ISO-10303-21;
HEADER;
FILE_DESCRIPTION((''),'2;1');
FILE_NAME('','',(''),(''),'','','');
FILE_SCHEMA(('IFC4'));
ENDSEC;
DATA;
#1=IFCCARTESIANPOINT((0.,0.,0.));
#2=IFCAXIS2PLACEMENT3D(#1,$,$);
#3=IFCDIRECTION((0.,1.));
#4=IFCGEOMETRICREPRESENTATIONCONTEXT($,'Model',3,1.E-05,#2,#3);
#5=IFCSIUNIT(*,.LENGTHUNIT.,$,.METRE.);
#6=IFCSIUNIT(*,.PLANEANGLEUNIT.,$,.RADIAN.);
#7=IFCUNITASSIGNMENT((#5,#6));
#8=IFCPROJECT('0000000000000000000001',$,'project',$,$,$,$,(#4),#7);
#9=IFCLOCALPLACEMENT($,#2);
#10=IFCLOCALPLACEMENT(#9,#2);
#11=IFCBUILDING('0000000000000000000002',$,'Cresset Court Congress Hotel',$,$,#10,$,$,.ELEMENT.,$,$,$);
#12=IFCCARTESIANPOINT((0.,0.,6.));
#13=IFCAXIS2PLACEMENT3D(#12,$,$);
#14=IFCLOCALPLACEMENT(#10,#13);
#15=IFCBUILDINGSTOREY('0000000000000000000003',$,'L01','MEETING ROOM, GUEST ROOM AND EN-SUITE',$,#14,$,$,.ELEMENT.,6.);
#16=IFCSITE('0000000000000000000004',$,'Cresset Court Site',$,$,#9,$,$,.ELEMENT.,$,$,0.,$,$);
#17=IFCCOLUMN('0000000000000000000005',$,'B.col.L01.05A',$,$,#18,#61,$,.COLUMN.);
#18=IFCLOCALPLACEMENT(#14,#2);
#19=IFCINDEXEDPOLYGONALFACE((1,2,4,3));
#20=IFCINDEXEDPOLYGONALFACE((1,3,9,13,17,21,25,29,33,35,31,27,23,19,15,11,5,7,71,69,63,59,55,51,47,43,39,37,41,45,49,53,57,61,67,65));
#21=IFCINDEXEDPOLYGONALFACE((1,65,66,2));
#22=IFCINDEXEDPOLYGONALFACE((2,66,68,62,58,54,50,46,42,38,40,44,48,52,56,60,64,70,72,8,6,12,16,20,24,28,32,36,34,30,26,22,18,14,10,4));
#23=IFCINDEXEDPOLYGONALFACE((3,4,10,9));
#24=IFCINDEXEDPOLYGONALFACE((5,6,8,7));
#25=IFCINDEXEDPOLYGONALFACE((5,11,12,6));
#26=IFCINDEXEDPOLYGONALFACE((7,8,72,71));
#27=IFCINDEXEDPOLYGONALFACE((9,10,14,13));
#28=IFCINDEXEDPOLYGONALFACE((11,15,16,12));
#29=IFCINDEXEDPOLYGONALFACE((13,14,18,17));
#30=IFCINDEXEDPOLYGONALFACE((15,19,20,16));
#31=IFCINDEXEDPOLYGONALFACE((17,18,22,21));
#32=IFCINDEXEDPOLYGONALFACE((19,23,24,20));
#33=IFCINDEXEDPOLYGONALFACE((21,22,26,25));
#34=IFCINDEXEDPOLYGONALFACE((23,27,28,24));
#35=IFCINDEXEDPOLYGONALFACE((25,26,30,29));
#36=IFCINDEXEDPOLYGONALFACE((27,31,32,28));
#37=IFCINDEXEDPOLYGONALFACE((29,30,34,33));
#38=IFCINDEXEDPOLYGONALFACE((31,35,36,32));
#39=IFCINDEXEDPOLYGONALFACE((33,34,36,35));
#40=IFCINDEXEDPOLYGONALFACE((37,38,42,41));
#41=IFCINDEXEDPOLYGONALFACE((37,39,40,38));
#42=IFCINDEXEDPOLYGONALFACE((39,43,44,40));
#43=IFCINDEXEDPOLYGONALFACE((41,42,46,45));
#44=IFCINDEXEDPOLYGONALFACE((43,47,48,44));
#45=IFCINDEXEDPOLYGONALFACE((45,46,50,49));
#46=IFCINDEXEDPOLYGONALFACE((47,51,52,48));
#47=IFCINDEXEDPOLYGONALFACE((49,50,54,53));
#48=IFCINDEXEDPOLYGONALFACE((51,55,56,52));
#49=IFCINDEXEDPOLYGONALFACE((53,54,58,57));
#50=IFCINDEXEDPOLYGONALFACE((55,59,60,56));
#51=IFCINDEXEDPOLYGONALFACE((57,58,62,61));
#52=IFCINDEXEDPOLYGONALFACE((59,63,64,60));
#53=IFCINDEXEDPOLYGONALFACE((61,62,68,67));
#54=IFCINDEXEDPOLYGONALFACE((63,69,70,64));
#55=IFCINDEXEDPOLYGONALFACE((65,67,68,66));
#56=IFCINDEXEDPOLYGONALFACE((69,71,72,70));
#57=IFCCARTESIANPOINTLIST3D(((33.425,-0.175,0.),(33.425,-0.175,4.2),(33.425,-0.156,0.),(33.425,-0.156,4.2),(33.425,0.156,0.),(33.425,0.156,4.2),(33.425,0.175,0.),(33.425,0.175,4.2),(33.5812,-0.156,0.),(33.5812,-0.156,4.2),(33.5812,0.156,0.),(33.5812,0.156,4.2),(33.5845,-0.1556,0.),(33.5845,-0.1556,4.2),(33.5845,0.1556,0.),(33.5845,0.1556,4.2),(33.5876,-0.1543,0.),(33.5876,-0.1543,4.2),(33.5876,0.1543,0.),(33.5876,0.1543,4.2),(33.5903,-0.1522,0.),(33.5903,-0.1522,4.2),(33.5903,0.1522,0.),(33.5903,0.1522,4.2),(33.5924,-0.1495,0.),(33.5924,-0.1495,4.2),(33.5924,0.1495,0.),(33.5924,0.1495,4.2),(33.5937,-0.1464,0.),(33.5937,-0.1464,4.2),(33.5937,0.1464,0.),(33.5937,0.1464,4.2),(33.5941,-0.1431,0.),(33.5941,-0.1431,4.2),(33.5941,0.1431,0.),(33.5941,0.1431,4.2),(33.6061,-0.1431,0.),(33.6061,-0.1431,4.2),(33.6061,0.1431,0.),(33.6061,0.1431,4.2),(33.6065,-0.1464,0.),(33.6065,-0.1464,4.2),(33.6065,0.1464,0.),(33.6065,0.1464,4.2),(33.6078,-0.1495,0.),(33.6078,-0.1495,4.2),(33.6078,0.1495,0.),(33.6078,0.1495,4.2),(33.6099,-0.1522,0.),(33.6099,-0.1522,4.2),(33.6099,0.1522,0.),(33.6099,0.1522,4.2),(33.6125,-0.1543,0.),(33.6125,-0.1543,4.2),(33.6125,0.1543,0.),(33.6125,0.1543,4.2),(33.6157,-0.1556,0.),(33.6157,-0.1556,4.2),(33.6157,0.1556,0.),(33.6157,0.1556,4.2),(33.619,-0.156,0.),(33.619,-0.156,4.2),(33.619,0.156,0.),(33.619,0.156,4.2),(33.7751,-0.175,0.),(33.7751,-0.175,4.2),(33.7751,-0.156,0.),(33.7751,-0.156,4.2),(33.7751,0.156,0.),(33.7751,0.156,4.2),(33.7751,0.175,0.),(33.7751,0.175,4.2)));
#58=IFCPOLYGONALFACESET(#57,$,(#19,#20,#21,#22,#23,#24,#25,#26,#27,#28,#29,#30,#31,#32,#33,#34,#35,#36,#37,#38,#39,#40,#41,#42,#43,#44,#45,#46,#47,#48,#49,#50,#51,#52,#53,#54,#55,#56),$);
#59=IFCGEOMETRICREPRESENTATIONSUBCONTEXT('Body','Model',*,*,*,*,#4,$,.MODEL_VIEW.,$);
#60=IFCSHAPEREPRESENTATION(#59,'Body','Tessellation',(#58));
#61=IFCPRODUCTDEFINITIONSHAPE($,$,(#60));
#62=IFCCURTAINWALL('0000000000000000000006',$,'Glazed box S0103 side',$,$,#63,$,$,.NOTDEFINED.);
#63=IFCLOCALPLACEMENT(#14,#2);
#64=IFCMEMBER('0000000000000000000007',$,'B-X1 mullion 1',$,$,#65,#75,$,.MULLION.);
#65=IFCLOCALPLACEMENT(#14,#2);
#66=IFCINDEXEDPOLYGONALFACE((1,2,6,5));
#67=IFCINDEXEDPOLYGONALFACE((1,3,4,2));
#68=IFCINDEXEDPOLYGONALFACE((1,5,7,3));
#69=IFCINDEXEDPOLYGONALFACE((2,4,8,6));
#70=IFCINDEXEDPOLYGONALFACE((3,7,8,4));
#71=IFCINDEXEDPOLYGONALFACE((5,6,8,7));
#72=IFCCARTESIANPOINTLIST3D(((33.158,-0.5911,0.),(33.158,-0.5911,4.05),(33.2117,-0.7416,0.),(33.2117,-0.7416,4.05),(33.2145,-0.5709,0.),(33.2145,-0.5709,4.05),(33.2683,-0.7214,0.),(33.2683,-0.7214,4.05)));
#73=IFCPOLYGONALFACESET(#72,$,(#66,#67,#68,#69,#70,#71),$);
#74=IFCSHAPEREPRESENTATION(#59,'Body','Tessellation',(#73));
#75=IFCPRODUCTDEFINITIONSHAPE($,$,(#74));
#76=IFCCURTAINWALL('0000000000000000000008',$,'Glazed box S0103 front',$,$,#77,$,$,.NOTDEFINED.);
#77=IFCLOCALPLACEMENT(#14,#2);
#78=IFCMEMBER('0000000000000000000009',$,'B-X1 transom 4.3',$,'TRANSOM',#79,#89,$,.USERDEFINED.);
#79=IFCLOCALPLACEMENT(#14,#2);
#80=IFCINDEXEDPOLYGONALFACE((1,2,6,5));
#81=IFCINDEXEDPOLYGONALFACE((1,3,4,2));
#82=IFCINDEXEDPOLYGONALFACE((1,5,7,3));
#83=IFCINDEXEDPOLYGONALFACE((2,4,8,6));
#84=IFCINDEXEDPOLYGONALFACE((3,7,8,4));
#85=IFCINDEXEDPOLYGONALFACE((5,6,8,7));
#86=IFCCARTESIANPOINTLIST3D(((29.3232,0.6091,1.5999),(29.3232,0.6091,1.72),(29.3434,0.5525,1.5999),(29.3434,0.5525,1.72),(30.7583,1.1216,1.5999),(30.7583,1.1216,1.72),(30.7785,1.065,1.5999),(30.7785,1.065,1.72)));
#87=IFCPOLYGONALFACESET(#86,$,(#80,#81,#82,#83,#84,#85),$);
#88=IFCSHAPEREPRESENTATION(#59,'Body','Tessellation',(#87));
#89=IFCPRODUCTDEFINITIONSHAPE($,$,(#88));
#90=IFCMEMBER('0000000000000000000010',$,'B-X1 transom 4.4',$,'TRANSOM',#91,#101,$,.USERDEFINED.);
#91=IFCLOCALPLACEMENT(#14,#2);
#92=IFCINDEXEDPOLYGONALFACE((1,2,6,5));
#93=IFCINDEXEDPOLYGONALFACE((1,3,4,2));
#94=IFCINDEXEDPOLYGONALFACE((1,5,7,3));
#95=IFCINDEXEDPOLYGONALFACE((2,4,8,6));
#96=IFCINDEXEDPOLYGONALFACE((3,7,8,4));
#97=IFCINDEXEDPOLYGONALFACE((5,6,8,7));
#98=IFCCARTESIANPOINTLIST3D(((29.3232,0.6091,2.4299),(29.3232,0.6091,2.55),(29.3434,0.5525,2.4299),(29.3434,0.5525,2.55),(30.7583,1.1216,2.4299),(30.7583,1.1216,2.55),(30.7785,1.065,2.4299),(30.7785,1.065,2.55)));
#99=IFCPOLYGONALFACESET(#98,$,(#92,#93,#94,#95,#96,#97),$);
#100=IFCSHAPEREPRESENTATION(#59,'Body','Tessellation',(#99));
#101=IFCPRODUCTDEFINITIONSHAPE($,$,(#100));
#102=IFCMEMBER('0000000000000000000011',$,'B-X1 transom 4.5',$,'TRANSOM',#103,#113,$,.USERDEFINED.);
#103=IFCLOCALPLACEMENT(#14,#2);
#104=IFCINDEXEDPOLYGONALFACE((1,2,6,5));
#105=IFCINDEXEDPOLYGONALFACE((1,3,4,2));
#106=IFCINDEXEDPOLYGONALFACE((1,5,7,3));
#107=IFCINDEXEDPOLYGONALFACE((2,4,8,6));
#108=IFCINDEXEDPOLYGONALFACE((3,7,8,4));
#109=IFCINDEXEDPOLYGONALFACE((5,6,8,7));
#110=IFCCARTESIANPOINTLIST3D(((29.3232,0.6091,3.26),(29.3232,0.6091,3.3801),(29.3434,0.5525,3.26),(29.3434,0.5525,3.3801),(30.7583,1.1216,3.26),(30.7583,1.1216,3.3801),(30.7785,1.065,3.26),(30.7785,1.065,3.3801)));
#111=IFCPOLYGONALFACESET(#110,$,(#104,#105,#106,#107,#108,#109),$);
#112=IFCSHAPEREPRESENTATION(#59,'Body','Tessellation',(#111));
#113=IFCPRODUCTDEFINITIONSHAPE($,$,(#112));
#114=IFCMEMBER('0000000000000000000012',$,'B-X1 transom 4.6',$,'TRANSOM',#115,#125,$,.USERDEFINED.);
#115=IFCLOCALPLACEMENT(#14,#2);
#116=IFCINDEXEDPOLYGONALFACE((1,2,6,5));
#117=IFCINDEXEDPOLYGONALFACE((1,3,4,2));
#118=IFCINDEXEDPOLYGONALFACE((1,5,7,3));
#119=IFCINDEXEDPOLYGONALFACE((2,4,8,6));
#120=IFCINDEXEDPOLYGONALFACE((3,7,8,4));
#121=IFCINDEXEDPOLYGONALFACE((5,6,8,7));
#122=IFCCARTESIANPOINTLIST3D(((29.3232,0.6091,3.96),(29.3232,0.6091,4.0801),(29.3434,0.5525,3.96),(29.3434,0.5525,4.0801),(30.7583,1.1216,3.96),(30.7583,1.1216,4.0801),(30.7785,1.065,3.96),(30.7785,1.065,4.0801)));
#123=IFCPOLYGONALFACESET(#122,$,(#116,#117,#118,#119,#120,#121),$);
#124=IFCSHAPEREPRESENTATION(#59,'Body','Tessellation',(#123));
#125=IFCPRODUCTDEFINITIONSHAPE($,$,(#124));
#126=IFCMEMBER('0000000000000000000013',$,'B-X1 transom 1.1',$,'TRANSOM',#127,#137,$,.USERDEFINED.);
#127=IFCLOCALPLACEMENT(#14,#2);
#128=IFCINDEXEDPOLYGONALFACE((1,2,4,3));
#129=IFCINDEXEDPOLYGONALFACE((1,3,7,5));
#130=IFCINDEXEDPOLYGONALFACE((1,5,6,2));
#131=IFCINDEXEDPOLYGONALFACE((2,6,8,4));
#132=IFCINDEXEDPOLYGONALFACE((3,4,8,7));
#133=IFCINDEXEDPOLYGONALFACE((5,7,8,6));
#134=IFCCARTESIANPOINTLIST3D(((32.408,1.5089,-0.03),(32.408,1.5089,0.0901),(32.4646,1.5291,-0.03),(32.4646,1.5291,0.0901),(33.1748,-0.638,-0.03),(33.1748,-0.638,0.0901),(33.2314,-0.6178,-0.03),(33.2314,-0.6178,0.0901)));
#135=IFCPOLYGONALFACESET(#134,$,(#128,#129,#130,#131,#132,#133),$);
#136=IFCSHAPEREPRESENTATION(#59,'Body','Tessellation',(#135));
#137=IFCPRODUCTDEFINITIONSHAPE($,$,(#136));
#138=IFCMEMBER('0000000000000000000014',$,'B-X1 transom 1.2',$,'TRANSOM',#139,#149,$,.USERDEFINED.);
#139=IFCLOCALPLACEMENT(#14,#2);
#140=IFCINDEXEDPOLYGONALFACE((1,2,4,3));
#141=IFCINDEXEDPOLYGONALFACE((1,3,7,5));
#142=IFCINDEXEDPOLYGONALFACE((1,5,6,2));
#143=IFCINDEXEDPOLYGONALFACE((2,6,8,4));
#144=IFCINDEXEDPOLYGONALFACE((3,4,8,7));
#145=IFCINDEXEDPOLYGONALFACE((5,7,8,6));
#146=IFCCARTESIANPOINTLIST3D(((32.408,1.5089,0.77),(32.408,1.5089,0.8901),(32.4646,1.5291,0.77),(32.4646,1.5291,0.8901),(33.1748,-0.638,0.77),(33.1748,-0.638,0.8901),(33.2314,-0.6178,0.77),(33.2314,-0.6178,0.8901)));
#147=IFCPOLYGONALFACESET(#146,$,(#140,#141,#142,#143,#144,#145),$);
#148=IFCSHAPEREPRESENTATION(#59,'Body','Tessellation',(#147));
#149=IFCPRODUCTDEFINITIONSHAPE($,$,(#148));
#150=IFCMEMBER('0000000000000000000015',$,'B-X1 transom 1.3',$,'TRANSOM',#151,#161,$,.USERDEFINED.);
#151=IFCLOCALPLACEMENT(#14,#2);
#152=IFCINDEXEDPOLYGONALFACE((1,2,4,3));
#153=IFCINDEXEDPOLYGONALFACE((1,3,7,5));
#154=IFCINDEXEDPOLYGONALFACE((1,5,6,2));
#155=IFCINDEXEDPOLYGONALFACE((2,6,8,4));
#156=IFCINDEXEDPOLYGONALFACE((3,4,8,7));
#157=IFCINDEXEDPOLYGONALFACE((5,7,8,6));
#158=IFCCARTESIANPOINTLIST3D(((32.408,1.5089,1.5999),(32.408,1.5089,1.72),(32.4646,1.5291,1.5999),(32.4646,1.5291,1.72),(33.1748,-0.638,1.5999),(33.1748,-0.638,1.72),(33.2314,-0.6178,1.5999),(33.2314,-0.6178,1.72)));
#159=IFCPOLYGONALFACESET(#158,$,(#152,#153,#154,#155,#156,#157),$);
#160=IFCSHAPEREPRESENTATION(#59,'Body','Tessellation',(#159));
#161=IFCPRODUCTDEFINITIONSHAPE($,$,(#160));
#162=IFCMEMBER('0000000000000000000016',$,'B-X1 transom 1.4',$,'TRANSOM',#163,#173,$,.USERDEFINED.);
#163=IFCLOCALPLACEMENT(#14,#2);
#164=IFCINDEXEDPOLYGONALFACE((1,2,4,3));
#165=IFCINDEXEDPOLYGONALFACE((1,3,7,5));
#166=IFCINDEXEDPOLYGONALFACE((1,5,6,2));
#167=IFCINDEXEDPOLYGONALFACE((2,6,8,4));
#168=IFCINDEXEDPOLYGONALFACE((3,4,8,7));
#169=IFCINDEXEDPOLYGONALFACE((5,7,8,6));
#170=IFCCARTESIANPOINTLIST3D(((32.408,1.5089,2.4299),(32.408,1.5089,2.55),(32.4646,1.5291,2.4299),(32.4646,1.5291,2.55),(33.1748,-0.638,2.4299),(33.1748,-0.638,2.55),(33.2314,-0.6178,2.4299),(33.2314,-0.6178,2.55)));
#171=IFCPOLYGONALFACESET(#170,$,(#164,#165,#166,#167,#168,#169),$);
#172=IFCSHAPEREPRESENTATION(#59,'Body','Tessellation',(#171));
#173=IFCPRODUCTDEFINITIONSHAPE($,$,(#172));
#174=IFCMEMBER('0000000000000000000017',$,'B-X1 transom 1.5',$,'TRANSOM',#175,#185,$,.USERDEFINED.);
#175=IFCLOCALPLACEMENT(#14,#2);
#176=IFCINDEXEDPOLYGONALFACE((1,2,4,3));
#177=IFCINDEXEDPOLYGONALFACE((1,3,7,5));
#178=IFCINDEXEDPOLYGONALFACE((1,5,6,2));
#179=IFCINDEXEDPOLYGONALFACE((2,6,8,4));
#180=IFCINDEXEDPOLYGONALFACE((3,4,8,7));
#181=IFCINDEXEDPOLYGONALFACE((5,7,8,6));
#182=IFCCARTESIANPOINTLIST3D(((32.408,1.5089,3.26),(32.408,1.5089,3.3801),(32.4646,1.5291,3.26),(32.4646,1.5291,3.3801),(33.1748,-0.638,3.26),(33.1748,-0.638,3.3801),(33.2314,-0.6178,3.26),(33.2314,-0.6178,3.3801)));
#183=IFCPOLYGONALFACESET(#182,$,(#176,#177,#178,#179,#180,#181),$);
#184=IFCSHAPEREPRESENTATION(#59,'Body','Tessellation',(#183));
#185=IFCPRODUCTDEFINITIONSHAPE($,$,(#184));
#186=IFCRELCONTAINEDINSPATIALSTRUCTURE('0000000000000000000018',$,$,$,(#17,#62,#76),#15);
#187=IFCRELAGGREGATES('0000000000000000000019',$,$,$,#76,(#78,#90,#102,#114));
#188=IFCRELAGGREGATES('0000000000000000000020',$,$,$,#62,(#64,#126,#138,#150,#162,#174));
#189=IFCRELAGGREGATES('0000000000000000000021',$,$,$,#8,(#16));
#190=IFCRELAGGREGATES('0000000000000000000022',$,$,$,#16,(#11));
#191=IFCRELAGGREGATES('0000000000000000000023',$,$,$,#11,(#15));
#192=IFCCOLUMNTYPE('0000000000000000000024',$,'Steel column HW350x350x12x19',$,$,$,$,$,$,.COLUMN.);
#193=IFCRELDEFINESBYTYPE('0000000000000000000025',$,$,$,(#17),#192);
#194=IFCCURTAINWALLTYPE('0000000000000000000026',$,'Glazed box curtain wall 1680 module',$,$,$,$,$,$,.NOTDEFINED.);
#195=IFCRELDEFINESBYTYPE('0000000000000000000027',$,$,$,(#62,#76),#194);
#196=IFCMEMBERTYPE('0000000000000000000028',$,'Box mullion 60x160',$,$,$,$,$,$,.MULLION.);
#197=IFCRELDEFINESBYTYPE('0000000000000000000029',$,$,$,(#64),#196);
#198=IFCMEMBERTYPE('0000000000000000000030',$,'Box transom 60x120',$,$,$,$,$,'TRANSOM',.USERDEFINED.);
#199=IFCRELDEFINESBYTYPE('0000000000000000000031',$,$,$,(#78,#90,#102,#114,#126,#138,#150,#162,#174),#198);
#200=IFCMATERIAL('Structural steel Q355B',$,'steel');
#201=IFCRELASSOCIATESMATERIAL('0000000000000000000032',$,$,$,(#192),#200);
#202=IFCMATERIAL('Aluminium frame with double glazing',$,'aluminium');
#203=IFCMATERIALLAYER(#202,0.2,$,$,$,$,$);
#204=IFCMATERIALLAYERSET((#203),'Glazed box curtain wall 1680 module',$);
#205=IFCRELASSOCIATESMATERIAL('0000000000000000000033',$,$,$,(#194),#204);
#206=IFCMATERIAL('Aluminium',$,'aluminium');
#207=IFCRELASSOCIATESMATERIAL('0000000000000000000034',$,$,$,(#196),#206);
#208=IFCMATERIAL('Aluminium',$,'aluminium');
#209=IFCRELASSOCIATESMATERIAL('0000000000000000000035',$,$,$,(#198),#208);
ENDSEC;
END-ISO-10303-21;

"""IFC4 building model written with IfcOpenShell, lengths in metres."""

from ifc_helpers import new_model, si_unit, direction, frame, origin, origin_2d, place, context, subcontext, project, spatial, rectangle, i_section, extrude, material, layer, layer_set, material_profile, profile_set, type_object, element, aggregate, save


model = new_model("IFC4")

# Units and contexts
model_context = context("Model", 3, precision=1e-05, world=origin(), true_north=direction((0.0, 1.0)))
body_context = subcontext(model_context, "Body", "Model", "MODEL_VIEW")
ifc_project = project(units=[si_unit("LENGTHUNIT", "METRE"), si_unit("PLANEANGLEUNIT", "RADIAN")], contexts=[model_context])

# Site, building, storey
site_placement = place(None, origin())
site = spatial("IfcSite", under=ifc_project, at=site_placement, Name="Cresset Court Site", CompositionType="ELEMENT", RefElevation=0.0)
building_placement = place(site_placement, origin())
building = spatial("IfcBuilding", under=site, at=building_placement, Name="Cresset Court Congress Hotel", CompositionType="ELEMENT")
storey_placement = place(building_placement, frame((0.0, 0.0, 6.0)))
storey = spatial("IfcBuildingStorey", under=building, at=storey_placement, Name="L01", Description="MEETING ROOM, GUEST ROOM AND EN-SUITE", CompositionType="ELEMENT", Elevation=6.0)

# Column
ifc_material_1 = material(Name="Structural steel Q355B", Category="steel")
ifc_material_profile_1 = material_profile(ifc_material_1, i_section(OverallWidth=0.3501, OverallDepth=0.3501, WebThickness=0.012, FlangeThickness=0.019, FilletRadius=0.0129, at=origin_2d()), Name="HW350x350x12x19")
ifc_profile_set_1 = profile_set([ifc_material_profile_1], Name="Structural steel Q355B")
column_type = type_object("IfcColumnType", Name="Steel column HW350x350x12x19", PredefinedType="COLUMN", material=ifc_profile_set_1)
column_placement = place(storey_placement, frame((33.6001, 0.0, 0.0), z_axis=(0.0, 0.0, 1.0), x_axis=(1.0, 0.0, 0.0)))
element("IfcColumn", 1, at=column_placement, inside=storey, type_object=column_type, Name="B.col.L01.05A", PredefinedType="COLUMN", context=body_context, shape_type="SweptSolid", body=[
    extrude(i_section(OverallWidth=0.3501, OverallDepth=0.3501, WebThickness=0.012, FlangeThickness=0.019, FilletRadius=0.0129, at=origin_2d()), origin(), (0.0, 0.0, 1.0), 4.2),
])

# Curtain wall, member
ifc_material_2 = material(Name="Aluminium frame with double glazing", Category="aluminium")
ifc_layer_1 = layer(ifc_material_2, 0.2)
ifc_layer_set_1 = layer_set([ifc_layer_1], Name="Glazed box curtain wall 1680 module")
curtain_wall_type = type_object("IfcCurtainWallType", Name="Glazed box curtain wall 1680 module", PredefinedType="NOTDEFINED", material=ifc_layer_set_1)
curtain_wall_1_placement = place(storey_placement, origin())
curtain_wall_1 = element("IfcCurtainWall", 2, at=curtain_wall_1_placement, inside=storey, type_object=curtain_wall_type, Name="Glazed box S0103 side", PredefinedType="NOTDEFINED")
ifc_material_3 = material(Name="Aluminium", Category="aluminium")
ifc_material_profile_2 = material_profile(ifc_material_3, rectangle(XDim=0.0601, YDim=0.1599, at=origin_2d()), Name="Box mullion 60x160")
ifc_profile_set_2 = profile_set([ifc_material_profile_2], Name="Aluminium")
member_type_1 = type_object("IfcMemberType", Name="Box mullion 60x160", PredefinedType="MULLION", material=ifc_profile_set_2)
member_1_placement = place(storey_placement, frame((33.2131, -0.6562, 0.0), z_axis=(0.0, 0.0, 1.0), x_axis=(-0.941742, -0.336336, 0.0)))
member_1 = element("IfcMember", 3, at=member_1_placement, type_object=member_type_1, Name="B-X1 mullion 1", PredefinedType="MULLION", context=body_context, shape_type="SweptSolid", body=[
    extrude(rectangle(XDim=0.0601, YDim=0.1599, at=origin_2d()), origin(), (0.0, 0.0, 1.0), 4.05),
])

# Curtain wall, members
curtain_wall_2_placement = place(storey_placement, origin())
curtain_wall_2 = element("IfcCurtainWall", 4, at=curtain_wall_2_placement, inside=storey, type_object=curtain_wall_type, Name="Glazed box S0103 front", PredefinedType="NOTDEFINED")
ifc_material_4 = material(Name="Aluminium", Category="aluminium")
ifc_material_profile_3 = material_profile(ifc_material_4, rectangle(XDim=0.0601, YDim=0.1201, at=origin_2d()), Name="Box transom 60x120")
ifc_profile_set_3 = profile_set([ifc_material_profile_3], Name="Aluminium")
member_type_2 = type_object("IfcMemberType", Name="Box transom 60x120", ElementType="TRANSOM", PredefinedType="USERDEFINED", material=ifc_profile_set_3)
member_2_placement = place(storey_placement, frame((29.3333, 0.5808, 1.6599), z_axis=(0.941756, 0.336296, 0.0), x_axis=(-0.336296, 0.941756, 0.0)))
member_2 = element("IfcMember", 5, at=member_2_placement, type_object=member_type_2, Name="B-X1 transom 4.3", ObjectType="TRANSOM", PredefinedType="USERDEFINED", context=body_context, shape_type="SweptSolid", body=[
    extrude(rectangle(XDim=0.0601, YDim=0.1201, at=origin_2d()), origin(), (0.0, 0.0, 1.0), 1.5239),
])
member_3_placement = place(storey_placement, frame((29.3333, 0.5808, 2.49), z_axis=(0.941756, 0.336296, 0.0), x_axis=(-0.336296, 0.941756, 0.0)))
member_3 = element("IfcMember", 6, at=member_3_placement, type_object=member_type_2, Name="B-X1 transom 4.4", ObjectType="TRANSOM", PredefinedType="USERDEFINED", context=body_context, shape_type="SweptSolid", body=[
    extrude(rectangle(XDim=0.0601, YDim=0.1201, at=origin_2d()), origin(), (0.0, 0.0, 1.0), 1.5239),
])
member_4_placement = place(storey_placement, frame((29.3333, 0.5808, 3.3201), z_axis=(0.941756, 0.336296, 0.0), x_axis=(-0.336296, 0.941756, 0.0)))
member_4 = element("IfcMember", 7, at=member_4_placement, type_object=member_type_2, Name="B-X1 transom 4.5", ObjectType="TRANSOM", PredefinedType="USERDEFINED", context=body_context, shape_type="SweptSolid", body=[
    extrude(rectangle(XDim=0.0601, YDim=0.1201, at=origin_2d()), origin(), (0.0, 0.0, 1.0), 1.5239),
])
member_5_placement = place(storey_placement, frame((29.3333, 0.5808, 4.02), z_axis=(0.941756, 0.336296, 0.0), x_axis=(-0.336296, 0.941756, 0.0)))
member_5 = element("IfcMember", 8, at=member_5_placement, type_object=member_type_2, Name="B-X1 transom 4.6", ObjectType="TRANSOM", PredefinedType="USERDEFINED", context=body_context, shape_type="SweptSolid", body=[
    extrude(rectangle(XDim=0.0601, YDim=0.1201, at=origin_2d()), origin(), (0.0, 0.0, 1.0), 1.5239),
])
aggregate(curtain_wall_2, [member_2, member_3, member_4, member_5])

# Members
member_6_placement = place(storey_placement, frame((33.2031, -0.6279, 0.03), z_axis=(-0.336364, 0.941732, 0.0), x_axis=(-0.941732, -0.336364, 0.0)))
member_6 = element("IfcMember", 9, at=member_6_placement, type_object=member_type_2, Name="B-X1 transom 1.1", ObjectType="TRANSOM", PredefinedType="USERDEFINED", context=body_context, shape_type="SweptSolid", body=[
    extrude(rectangle(XDim=0.0601, YDim=0.1201, at=origin_2d()), origin(), (0.0, 0.0, 1.0), 2.2798),
])
member_7_placement = place(storey_placement, frame((33.2031, -0.6279, 0.8301), z_axis=(-0.336364, 0.941732, 0.0), x_axis=(-0.941732, -0.336364, 0.0)))
member_7 = element("IfcMember", 10, at=member_7_placement, type_object=member_type_2, Name="B-X1 transom 1.2", ObjectType="TRANSOM", PredefinedType="USERDEFINED", context=body_context, shape_type="SweptSolid", body=[
    extrude(rectangle(XDim=0.0601, YDim=0.1201, at=origin_2d()), origin(), (0.0, 0.0, 1.0), 2.2798),
])
member_8_placement = place(storey_placement, frame((33.2031, -0.6279, 1.6599), z_axis=(-0.336364, 0.941732, 0.0), x_axis=(-0.941732, -0.336364, 0.0)))
member_8 = element("IfcMember", 11, at=member_8_placement, type_object=member_type_2, Name="B-X1 transom 1.3", ObjectType="TRANSOM", PredefinedType="USERDEFINED", context=body_context, shape_type="SweptSolid", body=[
    extrude(rectangle(XDim=0.0601, YDim=0.1201, at=origin_2d()), origin(), (0.0, 0.0, 1.0), 2.2798),
])
member_9_placement = place(storey_placement, frame((33.2031, -0.6279, 2.49), z_axis=(-0.336364, 0.941732, 0.0), x_axis=(-0.941732, -0.336364, 0.0)))
member_9 = element("IfcMember", 12, at=member_9_placement, type_object=member_type_2, Name="B-X1 transom 1.4", ObjectType="TRANSOM", PredefinedType="USERDEFINED", context=body_context, shape_type="SweptSolid", body=[
    extrude(rectangle(XDim=0.0601, YDim=0.1201, at=origin_2d()), origin(), (0.0, 0.0, 1.0), 2.2798),
])
member_10_placement = place(storey_placement, frame((33.2031, -0.6279, 3.3201), z_axis=(-0.336364, 0.941732, 0.0), x_axis=(-0.941732, -0.336364, 0.0)))
member_10 = element("IfcMember", 13, at=member_10_placement, type_object=member_type_2, Name="B-X1 transom 1.5", ObjectType="TRANSOM", PredefinedType="USERDEFINED", context=body_context, shape_type="SweptSolid", body=[
    extrude(rectangle(XDim=0.0601, YDim=0.1201, at=origin_2d()), origin(), (0.0, 0.0, 1.0), 2.2798),
])

aggregate(curtain_wall_1, [member_1, member_6, member_7, member_8, member_9, member_10])

save(model, "model.ifc")
